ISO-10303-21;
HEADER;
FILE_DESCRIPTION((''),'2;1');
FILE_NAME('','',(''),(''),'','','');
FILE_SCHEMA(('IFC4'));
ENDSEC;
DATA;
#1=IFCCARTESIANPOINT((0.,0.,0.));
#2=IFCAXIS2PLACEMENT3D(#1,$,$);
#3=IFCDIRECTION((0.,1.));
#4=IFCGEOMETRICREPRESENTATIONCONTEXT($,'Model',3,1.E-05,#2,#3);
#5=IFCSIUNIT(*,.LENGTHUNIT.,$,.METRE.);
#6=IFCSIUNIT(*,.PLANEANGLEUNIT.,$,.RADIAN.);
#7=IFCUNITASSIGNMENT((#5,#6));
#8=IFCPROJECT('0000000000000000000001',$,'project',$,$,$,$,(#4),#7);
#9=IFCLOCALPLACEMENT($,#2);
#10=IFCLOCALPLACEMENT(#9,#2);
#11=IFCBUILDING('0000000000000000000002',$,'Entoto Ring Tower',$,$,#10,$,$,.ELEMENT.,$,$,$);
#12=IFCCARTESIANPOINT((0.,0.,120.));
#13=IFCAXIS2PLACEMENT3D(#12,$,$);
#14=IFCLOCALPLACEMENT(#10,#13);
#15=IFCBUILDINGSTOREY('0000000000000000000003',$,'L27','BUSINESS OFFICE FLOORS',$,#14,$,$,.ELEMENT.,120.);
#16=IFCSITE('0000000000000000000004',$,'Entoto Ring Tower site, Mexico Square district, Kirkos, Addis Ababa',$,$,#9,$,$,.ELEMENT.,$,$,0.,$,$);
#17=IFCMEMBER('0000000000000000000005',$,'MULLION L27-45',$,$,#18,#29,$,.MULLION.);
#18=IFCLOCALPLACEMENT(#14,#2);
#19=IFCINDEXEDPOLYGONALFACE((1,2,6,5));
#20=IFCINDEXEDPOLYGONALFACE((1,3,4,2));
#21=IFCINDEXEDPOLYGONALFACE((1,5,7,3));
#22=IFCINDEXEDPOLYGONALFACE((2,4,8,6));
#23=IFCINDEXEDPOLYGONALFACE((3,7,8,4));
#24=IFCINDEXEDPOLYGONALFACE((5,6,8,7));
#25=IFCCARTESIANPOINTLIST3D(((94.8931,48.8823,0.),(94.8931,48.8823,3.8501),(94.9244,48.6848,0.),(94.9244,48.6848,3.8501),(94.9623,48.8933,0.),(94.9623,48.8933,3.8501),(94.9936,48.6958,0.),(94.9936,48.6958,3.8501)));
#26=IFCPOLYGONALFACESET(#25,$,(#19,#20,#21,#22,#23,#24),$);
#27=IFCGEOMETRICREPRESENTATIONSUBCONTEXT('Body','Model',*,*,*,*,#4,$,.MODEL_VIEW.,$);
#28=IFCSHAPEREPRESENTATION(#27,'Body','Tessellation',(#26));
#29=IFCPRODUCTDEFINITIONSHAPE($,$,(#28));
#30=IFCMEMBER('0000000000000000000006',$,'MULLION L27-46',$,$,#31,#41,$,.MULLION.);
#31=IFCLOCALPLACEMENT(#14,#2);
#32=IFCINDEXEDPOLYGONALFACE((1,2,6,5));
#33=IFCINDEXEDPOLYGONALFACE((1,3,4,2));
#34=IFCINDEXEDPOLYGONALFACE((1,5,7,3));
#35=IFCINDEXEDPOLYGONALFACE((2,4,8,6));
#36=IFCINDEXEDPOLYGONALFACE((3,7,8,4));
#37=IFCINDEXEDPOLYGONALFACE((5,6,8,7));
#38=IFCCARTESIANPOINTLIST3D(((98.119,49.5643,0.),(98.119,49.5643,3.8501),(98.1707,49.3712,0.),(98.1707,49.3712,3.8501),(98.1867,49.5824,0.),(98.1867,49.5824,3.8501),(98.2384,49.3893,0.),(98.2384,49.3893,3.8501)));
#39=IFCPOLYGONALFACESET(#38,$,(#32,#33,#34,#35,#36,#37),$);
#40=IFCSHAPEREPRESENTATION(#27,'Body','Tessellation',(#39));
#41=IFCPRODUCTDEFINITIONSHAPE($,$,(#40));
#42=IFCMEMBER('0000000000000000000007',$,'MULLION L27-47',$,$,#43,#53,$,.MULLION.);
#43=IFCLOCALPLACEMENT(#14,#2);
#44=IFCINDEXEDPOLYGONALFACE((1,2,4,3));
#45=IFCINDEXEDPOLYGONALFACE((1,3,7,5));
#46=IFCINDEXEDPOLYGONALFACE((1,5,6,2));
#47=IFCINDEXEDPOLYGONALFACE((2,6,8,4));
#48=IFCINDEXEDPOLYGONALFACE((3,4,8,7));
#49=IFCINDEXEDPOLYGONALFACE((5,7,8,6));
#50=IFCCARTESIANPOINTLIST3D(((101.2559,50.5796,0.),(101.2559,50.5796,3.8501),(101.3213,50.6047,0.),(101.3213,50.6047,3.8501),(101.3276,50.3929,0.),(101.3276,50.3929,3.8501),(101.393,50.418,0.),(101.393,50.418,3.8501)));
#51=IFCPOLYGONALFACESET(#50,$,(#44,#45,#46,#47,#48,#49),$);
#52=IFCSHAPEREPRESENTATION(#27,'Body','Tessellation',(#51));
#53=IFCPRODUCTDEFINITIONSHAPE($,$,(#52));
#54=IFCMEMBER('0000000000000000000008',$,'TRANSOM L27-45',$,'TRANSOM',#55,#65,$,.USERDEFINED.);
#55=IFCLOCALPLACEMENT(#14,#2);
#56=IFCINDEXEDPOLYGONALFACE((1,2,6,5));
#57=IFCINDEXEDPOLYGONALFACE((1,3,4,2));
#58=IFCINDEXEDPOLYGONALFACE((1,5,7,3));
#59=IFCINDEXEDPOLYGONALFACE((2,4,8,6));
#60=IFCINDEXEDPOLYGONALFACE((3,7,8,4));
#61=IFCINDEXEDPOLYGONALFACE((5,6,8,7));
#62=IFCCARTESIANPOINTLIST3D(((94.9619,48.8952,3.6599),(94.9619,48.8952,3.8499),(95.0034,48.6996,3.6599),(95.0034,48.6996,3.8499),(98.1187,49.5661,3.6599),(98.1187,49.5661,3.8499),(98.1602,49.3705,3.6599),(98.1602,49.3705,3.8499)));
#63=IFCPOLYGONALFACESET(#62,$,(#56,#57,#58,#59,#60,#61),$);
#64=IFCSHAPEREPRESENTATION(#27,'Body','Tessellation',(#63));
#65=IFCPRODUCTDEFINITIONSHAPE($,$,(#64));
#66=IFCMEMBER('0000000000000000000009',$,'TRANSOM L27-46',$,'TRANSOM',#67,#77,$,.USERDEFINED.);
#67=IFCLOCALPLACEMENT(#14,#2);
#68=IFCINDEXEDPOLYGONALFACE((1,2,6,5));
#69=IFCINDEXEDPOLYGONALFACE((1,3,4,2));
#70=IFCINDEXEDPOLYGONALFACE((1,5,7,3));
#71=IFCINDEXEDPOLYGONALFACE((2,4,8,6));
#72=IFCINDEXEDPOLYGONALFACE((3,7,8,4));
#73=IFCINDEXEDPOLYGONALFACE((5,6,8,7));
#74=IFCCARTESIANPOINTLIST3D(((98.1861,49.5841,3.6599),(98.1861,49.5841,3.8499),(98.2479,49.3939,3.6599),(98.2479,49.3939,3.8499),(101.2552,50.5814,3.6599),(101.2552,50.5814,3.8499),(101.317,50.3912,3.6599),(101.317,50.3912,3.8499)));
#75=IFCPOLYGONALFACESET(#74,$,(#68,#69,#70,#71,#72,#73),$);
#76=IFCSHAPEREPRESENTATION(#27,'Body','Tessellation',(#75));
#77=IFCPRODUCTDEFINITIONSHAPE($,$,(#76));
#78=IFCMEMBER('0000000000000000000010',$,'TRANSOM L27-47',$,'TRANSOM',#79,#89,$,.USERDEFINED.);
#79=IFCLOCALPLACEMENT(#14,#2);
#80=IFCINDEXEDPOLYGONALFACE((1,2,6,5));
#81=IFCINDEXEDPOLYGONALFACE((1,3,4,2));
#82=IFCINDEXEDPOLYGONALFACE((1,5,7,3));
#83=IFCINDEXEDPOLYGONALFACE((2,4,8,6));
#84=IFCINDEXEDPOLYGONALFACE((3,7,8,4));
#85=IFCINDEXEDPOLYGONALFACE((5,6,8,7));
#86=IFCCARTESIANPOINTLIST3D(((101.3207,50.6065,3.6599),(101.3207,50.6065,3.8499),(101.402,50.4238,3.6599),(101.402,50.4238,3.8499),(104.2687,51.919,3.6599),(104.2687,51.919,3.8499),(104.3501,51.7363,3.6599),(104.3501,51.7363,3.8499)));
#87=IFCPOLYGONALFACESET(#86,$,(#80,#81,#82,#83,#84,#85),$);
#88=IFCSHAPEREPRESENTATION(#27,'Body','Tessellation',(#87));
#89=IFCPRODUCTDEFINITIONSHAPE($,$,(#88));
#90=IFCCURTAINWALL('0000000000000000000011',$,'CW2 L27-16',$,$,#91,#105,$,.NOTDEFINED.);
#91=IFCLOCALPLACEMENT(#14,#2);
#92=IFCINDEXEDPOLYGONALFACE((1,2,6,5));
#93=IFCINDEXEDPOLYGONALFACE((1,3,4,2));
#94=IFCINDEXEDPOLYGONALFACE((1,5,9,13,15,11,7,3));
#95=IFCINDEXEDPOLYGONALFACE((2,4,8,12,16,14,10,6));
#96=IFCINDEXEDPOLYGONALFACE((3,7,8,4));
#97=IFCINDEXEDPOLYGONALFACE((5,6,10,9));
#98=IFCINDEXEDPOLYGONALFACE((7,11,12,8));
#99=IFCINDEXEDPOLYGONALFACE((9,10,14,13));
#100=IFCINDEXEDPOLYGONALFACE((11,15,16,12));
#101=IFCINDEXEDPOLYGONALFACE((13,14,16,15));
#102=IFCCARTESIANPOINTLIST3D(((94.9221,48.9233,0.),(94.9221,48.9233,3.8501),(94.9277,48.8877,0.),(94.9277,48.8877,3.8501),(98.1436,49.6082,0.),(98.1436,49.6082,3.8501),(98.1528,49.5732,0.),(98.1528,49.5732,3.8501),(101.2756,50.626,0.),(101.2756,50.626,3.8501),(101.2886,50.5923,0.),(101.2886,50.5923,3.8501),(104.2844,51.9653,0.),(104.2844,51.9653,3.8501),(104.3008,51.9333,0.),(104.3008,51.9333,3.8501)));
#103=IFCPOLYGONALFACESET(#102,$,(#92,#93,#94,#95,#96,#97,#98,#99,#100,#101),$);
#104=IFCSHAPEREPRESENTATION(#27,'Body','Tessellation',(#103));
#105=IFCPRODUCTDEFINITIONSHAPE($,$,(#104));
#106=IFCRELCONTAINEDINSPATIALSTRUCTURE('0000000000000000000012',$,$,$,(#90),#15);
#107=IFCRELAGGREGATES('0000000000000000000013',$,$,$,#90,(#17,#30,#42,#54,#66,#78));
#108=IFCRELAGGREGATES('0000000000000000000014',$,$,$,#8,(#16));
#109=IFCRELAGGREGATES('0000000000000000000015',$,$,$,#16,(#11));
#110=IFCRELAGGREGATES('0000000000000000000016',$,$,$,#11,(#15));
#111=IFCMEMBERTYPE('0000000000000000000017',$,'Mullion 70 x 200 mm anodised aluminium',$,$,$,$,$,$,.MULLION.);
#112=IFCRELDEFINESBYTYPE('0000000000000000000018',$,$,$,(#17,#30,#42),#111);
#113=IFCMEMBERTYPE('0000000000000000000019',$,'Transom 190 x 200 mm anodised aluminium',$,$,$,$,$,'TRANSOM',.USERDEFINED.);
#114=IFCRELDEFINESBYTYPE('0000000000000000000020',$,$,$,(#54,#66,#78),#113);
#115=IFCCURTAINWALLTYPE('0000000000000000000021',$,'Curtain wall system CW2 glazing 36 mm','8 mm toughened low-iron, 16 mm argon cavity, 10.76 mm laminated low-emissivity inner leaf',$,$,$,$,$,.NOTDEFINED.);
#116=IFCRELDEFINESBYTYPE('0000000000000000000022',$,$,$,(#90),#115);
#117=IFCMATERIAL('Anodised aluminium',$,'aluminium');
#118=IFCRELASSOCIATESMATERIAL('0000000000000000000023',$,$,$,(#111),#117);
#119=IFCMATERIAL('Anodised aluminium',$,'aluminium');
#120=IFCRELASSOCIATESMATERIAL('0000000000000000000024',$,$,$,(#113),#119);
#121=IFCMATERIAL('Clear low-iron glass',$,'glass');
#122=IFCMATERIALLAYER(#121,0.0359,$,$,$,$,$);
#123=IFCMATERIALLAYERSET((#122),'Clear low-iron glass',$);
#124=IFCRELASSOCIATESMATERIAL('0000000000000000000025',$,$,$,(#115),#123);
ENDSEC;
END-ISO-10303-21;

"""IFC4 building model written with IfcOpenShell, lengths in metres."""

from ifc_helpers import new_model, si_unit, direction, frame, origin, origin_2d, place, context, subcontext, project, spatial, polyline, rectangle, outline, extrude, material, layer, layer_set, material_profile, profile_set, type_object, element, aggregate, save


model = new_model("IFC4")

# Units and contexts
model_context = context("Model", 3, precision=1e-05, world=origin(), true_north=direction((0.0, 1.0)))
body_context = subcontext(model_context, "Body", "Model", "MODEL_VIEW")
ifc_project = project(units=[si_unit("LENGTHUNIT", "METRE"), si_unit("PLANEANGLEUNIT", "RADIAN")], contexts=[model_context])

# Members
ifc_material_1 = material(Name="Anodised aluminium", Category="aluminium")
ifc_material_profile_1 = material_profile(ifc_material_1, rectangle(XDim=0.0701, YDim=0.2, at=origin_2d()), Name="Mullion 70 x 200 mm anodised aluminium")
ifc_profile_set_1 = profile_set([ifc_material_profile_1], Name="Anodised aluminium")
member_type_1 = type_object("IfcMemberType", Name="Mullion 70 x 200 mm anodised aluminium", PredefinedType="MULLION", material=ifc_profile_set_1)
site_placement = place(None, origin())
building_placement = place(site_placement, origin())
storey_placement = place(building_placement, frame((0.0, 0.0, 120.0)))
member_1_placement = place(storey_placement, frame((94.9434, 48.7891, 0.0), z_axis=(0.0, 0.0, 1.0), x_axis=(0.987688, 0.156434, 0.0)))
member_1 = element("IfcMember", 1, at=member_1_placement, type_object=member_type_1, Name="MULLION L27-45", PredefinedType="MULLION", context=body_context, shape_type="SweptSolid", body=[
    extrude(rectangle(XDim=0.0701, YDim=0.2, at=origin_2d()), origin(), (0.0, 0.0, 1.0), 3.8501),
])
member_2_placement = place(storey_placement, frame((98.1787, 49.4768, 0.0), z_axis=(0.0, 0.0, 1.0), x_axis=(0.965926, 0.258819, 0.0)))
member_2 = element("IfcMember", 2, at=member_2_placement, type_object=member_type_1, Name="MULLION L27-46", PredefinedType="MULLION", context=body_context, shape_type="SweptSolid", body=[
    extrude(rectangle(XDim=0.0701, YDim=0.2, at=origin_2d()), origin(), (0.0, 0.0, 1.0), 3.8501),
])
member_3_placement = place(storey_placement, frame((101.3245, 50.4988, 0.0), z_axis=(0.0, 0.0, 1.0), x_axis=(0.93358, 0.358368, 0.0)))
member_3 = element("IfcMember", 3, at=member_3_placement, type_object=member_type_1, Name="MULLION L27-47", PredefinedType="MULLION", context=body_context, shape_type="SweptSolid", body=[
    extrude(rectangle(XDim=0.0701, YDim=0.2, at=origin_2d()), origin(), (0.0, 0.0, 1.0), 3.8501),
])
ifc_material_2 = material(Name="Anodised aluminium", Category="aluminium")
ifc_material_profile_2 = material_profile(ifc_material_2, rectangle(XDim=0.2, YDim=0.1899, at=origin_2d()), Name="Transom 190 x 200 mm anodised aluminium")
ifc_profile_set_2 = profile_set([ifc_material_profile_2], Name="Anodised aluminium")
member_type_2 = type_object("IfcMemberType", Name="Transom 190 x 200 mm anodised aluminium", ElementType="TRANSOM", PredefinedType="USERDEFINED", material=ifc_profile_set_2)
member_4_placement = place(storey_placement, frame((94.9827, 48.7974, 3.7549), z_axis=(0.978153, 0.207886, 0.0), x_axis=(-0.207886, 0.978153, 0.0)))
member_4 = element("IfcMember", 4, at=member_4_placement, type_object=member_type_2, Name="TRANSOM L27-45", ObjectType="TRANSOM", PredefinedType="USERDEFINED", context=body_context, shape_type="SweptSolid", body=[
    extrude(rectangle(XDim=0.2, YDim=0.1899, at=origin_2d()), origin(), (0.0, 0.0, 1.0), 3.2273),
])
member_5_placement = place(storey_placement, frame((98.217, 49.489, 3.7549), z_axis=(0.951047, 0.309047, 0.0), x_axis=(-0.309047, 0.951047, 0.0)))
member_5 = element("IfcMember", 5, at=member_5_placement, type_object=member_type_2, Name="TRANSOM L27-46", ObjectType="TRANSOM", PredefinedType="USERDEFINED", context=body_context, shape_type="SweptSolid", body=[
    extrude(rectangle(XDim=0.2, YDim=0.1899, at=origin_2d()), origin(), (0.0, 0.0, 1.0), 3.2271),
])
member_6_placement = place(storey_placement, frame((101.3613, 50.5151, 3.7549), z_axis=(0.913549, 0.406728, 0.0), x_axis=(-0.406728, 0.913549, 0.0)))
member_6 = element("IfcMember", 6, at=member_6_placement, type_object=member_type_2, Name="TRANSOM L27-47", ObjectType="TRANSOM", PredefinedType="USERDEFINED", context=body_context, shape_type="SweptSolid", body=[
    extrude(rectangle(XDim=0.2, YDim=0.1899, at=origin_2d()), origin(), (0.0, 0.0, 1.0), 3.2271),
])

# Site, building, storey
site = spatial("IfcSite", under=ifc_project, at=site_placement, Name="Entoto Ring Tower site, Mexico Square district, Kirkos, Addis Ababa", CompositionType="ELEMENT", RefElevation=0.0)
building = spatial("IfcBuilding", under=site, at=building_placement, Name="Entoto Ring Tower", CompositionType="ELEMENT")
storey = spatial("IfcBuildingStorey", under=building, at=storey_placement, Name="L27", Description="BUSINESS OFFICE FLOORS", CompositionType="ELEMENT", Elevation=120.0)

# Curtain wall
ifc_material_3 = material(Name="Clear low-iron glass", Category="glass")
ifc_layer_1 = layer(ifc_material_3, 0.0359)
ifc_layer_set_1 = layer_set([ifc_layer_1], Name="Clear low-iron glass")
curtain_wall_type = type_object("IfcCurtainWallType", Name="Curtain wall system CW2 glazing 36 mm", Description="8 mm toughened low-iron, 16 mm argon cavity, 10.76 mm laminated low-emissivity inner leaf", PredefinedType="NOTDEFINED", material=ifc_layer_set_1)
curtain_wall_1_placement = place(storey_placement, origin())
curtain_wall_1 = element("IfcCurtainWall", 7, at=curtain_wall_1_placement, inside=storey, type_object=curtain_wall_type, Name="CW2 L27-16", PredefinedType="NOTDEFINED", context=body_context, shape_type="SweptSolid", body=[
    extrude(outline(polyline([(94.9277, 48.8877), (98.1528, 49.5732), (101.2886, 50.5923), (104.3008, 51.9333), (104.2844, 51.9653), (101.2756, 50.626), (98.1436, 49.6082), (94.9221, 48.9233), (94.9277, 48.8877)])), origin(), (0.0, 0.0, 1.0), 3.8501),
])
aggregate(curtain_wall_1, [member_1, member_2, member_3, member_4, member_5, member_6])

save(model, "model.ifc")
